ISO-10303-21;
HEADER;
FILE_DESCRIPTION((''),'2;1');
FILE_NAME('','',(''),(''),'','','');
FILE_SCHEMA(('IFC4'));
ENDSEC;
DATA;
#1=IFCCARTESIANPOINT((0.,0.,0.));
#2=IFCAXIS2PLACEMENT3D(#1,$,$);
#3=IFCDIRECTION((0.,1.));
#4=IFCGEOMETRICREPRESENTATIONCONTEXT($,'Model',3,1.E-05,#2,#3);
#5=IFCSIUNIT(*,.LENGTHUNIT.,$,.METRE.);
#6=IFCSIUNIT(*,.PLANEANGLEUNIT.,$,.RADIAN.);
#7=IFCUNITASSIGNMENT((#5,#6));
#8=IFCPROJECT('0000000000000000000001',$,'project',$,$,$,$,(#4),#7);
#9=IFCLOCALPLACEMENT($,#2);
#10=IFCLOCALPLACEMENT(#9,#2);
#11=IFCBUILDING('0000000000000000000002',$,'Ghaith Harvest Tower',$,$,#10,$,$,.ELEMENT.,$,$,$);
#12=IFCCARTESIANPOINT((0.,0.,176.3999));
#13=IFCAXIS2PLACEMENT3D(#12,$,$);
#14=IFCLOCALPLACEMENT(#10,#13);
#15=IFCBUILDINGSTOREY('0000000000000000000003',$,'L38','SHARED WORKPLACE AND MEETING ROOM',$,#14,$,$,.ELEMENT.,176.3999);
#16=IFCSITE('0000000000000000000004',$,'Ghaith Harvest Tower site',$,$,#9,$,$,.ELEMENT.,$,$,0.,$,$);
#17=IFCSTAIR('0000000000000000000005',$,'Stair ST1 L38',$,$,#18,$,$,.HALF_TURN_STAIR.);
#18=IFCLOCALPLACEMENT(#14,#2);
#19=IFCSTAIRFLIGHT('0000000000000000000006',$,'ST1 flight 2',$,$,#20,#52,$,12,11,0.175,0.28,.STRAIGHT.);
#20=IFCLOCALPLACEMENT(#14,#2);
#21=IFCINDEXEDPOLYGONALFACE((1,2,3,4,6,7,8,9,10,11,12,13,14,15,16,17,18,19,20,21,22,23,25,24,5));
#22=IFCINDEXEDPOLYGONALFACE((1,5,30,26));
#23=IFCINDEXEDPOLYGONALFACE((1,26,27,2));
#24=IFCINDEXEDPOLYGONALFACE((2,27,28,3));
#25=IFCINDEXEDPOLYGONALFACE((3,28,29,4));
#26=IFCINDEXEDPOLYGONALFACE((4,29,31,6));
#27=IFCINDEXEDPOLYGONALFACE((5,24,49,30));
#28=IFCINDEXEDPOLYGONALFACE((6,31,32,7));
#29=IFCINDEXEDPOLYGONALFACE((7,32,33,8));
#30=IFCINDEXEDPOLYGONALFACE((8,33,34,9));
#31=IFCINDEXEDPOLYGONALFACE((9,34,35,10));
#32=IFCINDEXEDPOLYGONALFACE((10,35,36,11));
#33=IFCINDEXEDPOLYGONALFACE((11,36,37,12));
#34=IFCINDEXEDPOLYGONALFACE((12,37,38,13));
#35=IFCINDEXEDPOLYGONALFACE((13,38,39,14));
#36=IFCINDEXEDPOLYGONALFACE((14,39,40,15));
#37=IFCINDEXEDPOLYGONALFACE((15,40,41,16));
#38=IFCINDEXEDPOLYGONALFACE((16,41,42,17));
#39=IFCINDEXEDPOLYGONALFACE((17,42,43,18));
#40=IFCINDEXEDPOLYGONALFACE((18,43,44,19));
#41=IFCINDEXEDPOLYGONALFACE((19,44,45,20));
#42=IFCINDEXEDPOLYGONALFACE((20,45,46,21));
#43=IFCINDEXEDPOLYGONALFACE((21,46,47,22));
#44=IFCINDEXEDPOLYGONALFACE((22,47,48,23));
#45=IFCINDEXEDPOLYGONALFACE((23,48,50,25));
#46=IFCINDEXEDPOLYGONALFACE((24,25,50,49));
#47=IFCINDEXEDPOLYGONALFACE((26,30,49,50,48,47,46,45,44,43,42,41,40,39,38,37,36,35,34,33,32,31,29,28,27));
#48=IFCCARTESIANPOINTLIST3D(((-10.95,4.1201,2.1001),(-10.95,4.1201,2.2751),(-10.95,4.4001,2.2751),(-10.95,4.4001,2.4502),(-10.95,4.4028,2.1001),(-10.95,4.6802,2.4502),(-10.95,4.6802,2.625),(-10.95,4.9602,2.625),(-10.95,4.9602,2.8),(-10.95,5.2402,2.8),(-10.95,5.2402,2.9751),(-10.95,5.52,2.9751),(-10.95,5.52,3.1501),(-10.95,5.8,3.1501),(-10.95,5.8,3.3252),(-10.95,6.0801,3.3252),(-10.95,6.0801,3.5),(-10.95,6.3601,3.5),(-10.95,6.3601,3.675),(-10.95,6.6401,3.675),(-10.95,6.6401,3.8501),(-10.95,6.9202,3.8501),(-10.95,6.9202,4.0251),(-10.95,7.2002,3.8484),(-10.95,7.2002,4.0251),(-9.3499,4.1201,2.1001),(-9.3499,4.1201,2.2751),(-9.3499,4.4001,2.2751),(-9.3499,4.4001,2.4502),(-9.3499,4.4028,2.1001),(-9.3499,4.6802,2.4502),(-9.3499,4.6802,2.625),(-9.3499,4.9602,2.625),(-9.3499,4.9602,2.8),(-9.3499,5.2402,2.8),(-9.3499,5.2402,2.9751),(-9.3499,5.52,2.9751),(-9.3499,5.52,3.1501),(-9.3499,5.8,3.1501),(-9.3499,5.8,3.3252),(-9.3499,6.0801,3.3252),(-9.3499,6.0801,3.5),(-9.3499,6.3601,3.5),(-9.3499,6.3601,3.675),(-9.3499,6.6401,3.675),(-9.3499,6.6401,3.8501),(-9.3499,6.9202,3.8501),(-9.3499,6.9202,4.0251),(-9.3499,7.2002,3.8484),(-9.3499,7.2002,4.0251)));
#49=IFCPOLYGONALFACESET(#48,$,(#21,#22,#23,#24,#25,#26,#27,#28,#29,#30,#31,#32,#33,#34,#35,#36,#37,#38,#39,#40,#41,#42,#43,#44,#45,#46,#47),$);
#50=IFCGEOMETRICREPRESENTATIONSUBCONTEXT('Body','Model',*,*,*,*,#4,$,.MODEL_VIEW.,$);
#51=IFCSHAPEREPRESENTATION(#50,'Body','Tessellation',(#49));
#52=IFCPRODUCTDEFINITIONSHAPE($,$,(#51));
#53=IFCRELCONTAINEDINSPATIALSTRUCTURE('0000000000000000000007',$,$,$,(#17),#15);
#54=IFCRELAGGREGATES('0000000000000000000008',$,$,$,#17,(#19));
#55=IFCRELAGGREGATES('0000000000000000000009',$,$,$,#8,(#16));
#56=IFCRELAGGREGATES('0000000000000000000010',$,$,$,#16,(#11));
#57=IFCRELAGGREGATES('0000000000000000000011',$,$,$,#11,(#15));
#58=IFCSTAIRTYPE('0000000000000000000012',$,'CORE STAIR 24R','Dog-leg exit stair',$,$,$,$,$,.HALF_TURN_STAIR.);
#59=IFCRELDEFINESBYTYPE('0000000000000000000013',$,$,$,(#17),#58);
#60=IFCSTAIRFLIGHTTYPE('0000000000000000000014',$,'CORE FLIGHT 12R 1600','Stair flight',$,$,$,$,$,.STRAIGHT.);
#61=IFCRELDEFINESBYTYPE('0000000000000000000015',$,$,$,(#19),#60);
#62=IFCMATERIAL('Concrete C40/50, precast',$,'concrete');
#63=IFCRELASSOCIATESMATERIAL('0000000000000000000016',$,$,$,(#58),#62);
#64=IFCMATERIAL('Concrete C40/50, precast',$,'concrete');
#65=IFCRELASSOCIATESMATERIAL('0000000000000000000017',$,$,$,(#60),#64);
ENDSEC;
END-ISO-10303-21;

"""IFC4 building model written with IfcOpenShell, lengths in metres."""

from ifc_helpers import new_model, si_unit, direction, frame, origin, place, context, subcontext, project, spatial, polyline, outline, extrude, material, type_object, element, aggregate, save


model = new_model("IFC4")

# Units and contexts
model_context = context("Model", 3, precision=1e-05, world=origin(), true_north=direction((0.0, 1.0)))
body_context = subcontext(model_context, "Body", "Model", "MODEL_VIEW")
ifc_project = project(units=[si_unit("LENGTHUNIT", "METRE"), si_unit("PLANEANGLEUNIT", "RADIAN")], contexts=[model_context])

# Site, building, storey
site_placement = place(None, origin())
site = spatial("IfcSite", under=ifc_project, at=site_placement, Name="Ghaith Harvest Tower site", CompositionType="ELEMENT", RefElevation=0.0)
building_placement = place(site_placement, origin())
building = spatial("IfcBuilding", under=site, at=building_placement, Name="Ghaith Harvest Tower", CompositionType="ELEMENT")
storey_placement = place(building_placement, frame((0.0, 0.0, 176.3999)))
storey = spatial("IfcBuildingStorey", under=building, at=storey_placement, Name="L38", Description="SHARED WORKPLACE AND MEETING ROOM", CompositionType="ELEMENT", Elevation=176.3999)

# Stair, stair flight
ifc_material_1 = material(Name="Concrete C40/50, precast", Category="concrete")
stair_type = type_object("IfcStairType", Name="CORE STAIR 24R", Description="Dog-leg exit stair", PredefinedType="HALF_TURN_STAIR", material=ifc_material_1)
stair_placement = place(storey_placement, origin())
stair = element("IfcStair", 1, at=stair_placement, inside=storey, type_object=stair_type, Name="Stair ST1 L38", PredefinedType="HALF_TURN_STAIR")
ifc_material_2 = material(Name="Concrete C40/50, precast", Category="concrete")
stair_flight_type = type_object("IfcStairFlightType", Name="CORE FLIGHT 12R 1600", Description="Stair flight", PredefinedType="STRAIGHT", material=ifc_material_2)
stair_flight_placement = place(storey_placement, frame((-10.1499, 4.1201, 2.1001), z_axis=(0.0, 0.0, 1.0), x_axis=(0.0, 1.0, 0.0)))
stair_flight = element("IfcStairFlight", 2, at=stair_flight_placement, type_object=stair_flight_type, Name="ST1 flight 2", NumberOfRisers=12, NumberOfTreads=11, PredefinedType="STRAIGHT", RiserHeight=0.175, TreadLength=0.28, context=body_context, shape_type="SweptSolid", body=[
    extrude(outline(polyline([(0.0, 0.0), (0.0, 0.175), (0.28, 0.175), (0.28, 0.3501), (0.5601, 0.3501), (0.5601, 0.5249), (0.8401, 0.5249), (0.8401, 0.7), (1.1201, 0.7), (1.1201, 0.875), (1.3999, 0.875), (1.3999, 1.05), (1.6799, 1.05), (1.6799, 1.2251), (1.96, 1.2251), (1.96, 1.3999), (2.24, 1.3999), (2.24, 1.575), (2.52, 1.575), (2.52, 1.75), (2.8, 1.75), (2.8, 1.925), (3.0801, 1.925), (3.0801, 2.1001), (3.0801, 1.7483), (0.2827, 0.0), (0.0, 0.0)])), frame((0.0, 0.8, 0.0), z_axis=(0.0, -1.0, 0.0), x_axis=(1.0, 0.0, 0.0)), (0.0, 0.0, 1.0), 1.6001),
])
aggregate(stair, [stair_flight])

save(model, "model.ifc")
